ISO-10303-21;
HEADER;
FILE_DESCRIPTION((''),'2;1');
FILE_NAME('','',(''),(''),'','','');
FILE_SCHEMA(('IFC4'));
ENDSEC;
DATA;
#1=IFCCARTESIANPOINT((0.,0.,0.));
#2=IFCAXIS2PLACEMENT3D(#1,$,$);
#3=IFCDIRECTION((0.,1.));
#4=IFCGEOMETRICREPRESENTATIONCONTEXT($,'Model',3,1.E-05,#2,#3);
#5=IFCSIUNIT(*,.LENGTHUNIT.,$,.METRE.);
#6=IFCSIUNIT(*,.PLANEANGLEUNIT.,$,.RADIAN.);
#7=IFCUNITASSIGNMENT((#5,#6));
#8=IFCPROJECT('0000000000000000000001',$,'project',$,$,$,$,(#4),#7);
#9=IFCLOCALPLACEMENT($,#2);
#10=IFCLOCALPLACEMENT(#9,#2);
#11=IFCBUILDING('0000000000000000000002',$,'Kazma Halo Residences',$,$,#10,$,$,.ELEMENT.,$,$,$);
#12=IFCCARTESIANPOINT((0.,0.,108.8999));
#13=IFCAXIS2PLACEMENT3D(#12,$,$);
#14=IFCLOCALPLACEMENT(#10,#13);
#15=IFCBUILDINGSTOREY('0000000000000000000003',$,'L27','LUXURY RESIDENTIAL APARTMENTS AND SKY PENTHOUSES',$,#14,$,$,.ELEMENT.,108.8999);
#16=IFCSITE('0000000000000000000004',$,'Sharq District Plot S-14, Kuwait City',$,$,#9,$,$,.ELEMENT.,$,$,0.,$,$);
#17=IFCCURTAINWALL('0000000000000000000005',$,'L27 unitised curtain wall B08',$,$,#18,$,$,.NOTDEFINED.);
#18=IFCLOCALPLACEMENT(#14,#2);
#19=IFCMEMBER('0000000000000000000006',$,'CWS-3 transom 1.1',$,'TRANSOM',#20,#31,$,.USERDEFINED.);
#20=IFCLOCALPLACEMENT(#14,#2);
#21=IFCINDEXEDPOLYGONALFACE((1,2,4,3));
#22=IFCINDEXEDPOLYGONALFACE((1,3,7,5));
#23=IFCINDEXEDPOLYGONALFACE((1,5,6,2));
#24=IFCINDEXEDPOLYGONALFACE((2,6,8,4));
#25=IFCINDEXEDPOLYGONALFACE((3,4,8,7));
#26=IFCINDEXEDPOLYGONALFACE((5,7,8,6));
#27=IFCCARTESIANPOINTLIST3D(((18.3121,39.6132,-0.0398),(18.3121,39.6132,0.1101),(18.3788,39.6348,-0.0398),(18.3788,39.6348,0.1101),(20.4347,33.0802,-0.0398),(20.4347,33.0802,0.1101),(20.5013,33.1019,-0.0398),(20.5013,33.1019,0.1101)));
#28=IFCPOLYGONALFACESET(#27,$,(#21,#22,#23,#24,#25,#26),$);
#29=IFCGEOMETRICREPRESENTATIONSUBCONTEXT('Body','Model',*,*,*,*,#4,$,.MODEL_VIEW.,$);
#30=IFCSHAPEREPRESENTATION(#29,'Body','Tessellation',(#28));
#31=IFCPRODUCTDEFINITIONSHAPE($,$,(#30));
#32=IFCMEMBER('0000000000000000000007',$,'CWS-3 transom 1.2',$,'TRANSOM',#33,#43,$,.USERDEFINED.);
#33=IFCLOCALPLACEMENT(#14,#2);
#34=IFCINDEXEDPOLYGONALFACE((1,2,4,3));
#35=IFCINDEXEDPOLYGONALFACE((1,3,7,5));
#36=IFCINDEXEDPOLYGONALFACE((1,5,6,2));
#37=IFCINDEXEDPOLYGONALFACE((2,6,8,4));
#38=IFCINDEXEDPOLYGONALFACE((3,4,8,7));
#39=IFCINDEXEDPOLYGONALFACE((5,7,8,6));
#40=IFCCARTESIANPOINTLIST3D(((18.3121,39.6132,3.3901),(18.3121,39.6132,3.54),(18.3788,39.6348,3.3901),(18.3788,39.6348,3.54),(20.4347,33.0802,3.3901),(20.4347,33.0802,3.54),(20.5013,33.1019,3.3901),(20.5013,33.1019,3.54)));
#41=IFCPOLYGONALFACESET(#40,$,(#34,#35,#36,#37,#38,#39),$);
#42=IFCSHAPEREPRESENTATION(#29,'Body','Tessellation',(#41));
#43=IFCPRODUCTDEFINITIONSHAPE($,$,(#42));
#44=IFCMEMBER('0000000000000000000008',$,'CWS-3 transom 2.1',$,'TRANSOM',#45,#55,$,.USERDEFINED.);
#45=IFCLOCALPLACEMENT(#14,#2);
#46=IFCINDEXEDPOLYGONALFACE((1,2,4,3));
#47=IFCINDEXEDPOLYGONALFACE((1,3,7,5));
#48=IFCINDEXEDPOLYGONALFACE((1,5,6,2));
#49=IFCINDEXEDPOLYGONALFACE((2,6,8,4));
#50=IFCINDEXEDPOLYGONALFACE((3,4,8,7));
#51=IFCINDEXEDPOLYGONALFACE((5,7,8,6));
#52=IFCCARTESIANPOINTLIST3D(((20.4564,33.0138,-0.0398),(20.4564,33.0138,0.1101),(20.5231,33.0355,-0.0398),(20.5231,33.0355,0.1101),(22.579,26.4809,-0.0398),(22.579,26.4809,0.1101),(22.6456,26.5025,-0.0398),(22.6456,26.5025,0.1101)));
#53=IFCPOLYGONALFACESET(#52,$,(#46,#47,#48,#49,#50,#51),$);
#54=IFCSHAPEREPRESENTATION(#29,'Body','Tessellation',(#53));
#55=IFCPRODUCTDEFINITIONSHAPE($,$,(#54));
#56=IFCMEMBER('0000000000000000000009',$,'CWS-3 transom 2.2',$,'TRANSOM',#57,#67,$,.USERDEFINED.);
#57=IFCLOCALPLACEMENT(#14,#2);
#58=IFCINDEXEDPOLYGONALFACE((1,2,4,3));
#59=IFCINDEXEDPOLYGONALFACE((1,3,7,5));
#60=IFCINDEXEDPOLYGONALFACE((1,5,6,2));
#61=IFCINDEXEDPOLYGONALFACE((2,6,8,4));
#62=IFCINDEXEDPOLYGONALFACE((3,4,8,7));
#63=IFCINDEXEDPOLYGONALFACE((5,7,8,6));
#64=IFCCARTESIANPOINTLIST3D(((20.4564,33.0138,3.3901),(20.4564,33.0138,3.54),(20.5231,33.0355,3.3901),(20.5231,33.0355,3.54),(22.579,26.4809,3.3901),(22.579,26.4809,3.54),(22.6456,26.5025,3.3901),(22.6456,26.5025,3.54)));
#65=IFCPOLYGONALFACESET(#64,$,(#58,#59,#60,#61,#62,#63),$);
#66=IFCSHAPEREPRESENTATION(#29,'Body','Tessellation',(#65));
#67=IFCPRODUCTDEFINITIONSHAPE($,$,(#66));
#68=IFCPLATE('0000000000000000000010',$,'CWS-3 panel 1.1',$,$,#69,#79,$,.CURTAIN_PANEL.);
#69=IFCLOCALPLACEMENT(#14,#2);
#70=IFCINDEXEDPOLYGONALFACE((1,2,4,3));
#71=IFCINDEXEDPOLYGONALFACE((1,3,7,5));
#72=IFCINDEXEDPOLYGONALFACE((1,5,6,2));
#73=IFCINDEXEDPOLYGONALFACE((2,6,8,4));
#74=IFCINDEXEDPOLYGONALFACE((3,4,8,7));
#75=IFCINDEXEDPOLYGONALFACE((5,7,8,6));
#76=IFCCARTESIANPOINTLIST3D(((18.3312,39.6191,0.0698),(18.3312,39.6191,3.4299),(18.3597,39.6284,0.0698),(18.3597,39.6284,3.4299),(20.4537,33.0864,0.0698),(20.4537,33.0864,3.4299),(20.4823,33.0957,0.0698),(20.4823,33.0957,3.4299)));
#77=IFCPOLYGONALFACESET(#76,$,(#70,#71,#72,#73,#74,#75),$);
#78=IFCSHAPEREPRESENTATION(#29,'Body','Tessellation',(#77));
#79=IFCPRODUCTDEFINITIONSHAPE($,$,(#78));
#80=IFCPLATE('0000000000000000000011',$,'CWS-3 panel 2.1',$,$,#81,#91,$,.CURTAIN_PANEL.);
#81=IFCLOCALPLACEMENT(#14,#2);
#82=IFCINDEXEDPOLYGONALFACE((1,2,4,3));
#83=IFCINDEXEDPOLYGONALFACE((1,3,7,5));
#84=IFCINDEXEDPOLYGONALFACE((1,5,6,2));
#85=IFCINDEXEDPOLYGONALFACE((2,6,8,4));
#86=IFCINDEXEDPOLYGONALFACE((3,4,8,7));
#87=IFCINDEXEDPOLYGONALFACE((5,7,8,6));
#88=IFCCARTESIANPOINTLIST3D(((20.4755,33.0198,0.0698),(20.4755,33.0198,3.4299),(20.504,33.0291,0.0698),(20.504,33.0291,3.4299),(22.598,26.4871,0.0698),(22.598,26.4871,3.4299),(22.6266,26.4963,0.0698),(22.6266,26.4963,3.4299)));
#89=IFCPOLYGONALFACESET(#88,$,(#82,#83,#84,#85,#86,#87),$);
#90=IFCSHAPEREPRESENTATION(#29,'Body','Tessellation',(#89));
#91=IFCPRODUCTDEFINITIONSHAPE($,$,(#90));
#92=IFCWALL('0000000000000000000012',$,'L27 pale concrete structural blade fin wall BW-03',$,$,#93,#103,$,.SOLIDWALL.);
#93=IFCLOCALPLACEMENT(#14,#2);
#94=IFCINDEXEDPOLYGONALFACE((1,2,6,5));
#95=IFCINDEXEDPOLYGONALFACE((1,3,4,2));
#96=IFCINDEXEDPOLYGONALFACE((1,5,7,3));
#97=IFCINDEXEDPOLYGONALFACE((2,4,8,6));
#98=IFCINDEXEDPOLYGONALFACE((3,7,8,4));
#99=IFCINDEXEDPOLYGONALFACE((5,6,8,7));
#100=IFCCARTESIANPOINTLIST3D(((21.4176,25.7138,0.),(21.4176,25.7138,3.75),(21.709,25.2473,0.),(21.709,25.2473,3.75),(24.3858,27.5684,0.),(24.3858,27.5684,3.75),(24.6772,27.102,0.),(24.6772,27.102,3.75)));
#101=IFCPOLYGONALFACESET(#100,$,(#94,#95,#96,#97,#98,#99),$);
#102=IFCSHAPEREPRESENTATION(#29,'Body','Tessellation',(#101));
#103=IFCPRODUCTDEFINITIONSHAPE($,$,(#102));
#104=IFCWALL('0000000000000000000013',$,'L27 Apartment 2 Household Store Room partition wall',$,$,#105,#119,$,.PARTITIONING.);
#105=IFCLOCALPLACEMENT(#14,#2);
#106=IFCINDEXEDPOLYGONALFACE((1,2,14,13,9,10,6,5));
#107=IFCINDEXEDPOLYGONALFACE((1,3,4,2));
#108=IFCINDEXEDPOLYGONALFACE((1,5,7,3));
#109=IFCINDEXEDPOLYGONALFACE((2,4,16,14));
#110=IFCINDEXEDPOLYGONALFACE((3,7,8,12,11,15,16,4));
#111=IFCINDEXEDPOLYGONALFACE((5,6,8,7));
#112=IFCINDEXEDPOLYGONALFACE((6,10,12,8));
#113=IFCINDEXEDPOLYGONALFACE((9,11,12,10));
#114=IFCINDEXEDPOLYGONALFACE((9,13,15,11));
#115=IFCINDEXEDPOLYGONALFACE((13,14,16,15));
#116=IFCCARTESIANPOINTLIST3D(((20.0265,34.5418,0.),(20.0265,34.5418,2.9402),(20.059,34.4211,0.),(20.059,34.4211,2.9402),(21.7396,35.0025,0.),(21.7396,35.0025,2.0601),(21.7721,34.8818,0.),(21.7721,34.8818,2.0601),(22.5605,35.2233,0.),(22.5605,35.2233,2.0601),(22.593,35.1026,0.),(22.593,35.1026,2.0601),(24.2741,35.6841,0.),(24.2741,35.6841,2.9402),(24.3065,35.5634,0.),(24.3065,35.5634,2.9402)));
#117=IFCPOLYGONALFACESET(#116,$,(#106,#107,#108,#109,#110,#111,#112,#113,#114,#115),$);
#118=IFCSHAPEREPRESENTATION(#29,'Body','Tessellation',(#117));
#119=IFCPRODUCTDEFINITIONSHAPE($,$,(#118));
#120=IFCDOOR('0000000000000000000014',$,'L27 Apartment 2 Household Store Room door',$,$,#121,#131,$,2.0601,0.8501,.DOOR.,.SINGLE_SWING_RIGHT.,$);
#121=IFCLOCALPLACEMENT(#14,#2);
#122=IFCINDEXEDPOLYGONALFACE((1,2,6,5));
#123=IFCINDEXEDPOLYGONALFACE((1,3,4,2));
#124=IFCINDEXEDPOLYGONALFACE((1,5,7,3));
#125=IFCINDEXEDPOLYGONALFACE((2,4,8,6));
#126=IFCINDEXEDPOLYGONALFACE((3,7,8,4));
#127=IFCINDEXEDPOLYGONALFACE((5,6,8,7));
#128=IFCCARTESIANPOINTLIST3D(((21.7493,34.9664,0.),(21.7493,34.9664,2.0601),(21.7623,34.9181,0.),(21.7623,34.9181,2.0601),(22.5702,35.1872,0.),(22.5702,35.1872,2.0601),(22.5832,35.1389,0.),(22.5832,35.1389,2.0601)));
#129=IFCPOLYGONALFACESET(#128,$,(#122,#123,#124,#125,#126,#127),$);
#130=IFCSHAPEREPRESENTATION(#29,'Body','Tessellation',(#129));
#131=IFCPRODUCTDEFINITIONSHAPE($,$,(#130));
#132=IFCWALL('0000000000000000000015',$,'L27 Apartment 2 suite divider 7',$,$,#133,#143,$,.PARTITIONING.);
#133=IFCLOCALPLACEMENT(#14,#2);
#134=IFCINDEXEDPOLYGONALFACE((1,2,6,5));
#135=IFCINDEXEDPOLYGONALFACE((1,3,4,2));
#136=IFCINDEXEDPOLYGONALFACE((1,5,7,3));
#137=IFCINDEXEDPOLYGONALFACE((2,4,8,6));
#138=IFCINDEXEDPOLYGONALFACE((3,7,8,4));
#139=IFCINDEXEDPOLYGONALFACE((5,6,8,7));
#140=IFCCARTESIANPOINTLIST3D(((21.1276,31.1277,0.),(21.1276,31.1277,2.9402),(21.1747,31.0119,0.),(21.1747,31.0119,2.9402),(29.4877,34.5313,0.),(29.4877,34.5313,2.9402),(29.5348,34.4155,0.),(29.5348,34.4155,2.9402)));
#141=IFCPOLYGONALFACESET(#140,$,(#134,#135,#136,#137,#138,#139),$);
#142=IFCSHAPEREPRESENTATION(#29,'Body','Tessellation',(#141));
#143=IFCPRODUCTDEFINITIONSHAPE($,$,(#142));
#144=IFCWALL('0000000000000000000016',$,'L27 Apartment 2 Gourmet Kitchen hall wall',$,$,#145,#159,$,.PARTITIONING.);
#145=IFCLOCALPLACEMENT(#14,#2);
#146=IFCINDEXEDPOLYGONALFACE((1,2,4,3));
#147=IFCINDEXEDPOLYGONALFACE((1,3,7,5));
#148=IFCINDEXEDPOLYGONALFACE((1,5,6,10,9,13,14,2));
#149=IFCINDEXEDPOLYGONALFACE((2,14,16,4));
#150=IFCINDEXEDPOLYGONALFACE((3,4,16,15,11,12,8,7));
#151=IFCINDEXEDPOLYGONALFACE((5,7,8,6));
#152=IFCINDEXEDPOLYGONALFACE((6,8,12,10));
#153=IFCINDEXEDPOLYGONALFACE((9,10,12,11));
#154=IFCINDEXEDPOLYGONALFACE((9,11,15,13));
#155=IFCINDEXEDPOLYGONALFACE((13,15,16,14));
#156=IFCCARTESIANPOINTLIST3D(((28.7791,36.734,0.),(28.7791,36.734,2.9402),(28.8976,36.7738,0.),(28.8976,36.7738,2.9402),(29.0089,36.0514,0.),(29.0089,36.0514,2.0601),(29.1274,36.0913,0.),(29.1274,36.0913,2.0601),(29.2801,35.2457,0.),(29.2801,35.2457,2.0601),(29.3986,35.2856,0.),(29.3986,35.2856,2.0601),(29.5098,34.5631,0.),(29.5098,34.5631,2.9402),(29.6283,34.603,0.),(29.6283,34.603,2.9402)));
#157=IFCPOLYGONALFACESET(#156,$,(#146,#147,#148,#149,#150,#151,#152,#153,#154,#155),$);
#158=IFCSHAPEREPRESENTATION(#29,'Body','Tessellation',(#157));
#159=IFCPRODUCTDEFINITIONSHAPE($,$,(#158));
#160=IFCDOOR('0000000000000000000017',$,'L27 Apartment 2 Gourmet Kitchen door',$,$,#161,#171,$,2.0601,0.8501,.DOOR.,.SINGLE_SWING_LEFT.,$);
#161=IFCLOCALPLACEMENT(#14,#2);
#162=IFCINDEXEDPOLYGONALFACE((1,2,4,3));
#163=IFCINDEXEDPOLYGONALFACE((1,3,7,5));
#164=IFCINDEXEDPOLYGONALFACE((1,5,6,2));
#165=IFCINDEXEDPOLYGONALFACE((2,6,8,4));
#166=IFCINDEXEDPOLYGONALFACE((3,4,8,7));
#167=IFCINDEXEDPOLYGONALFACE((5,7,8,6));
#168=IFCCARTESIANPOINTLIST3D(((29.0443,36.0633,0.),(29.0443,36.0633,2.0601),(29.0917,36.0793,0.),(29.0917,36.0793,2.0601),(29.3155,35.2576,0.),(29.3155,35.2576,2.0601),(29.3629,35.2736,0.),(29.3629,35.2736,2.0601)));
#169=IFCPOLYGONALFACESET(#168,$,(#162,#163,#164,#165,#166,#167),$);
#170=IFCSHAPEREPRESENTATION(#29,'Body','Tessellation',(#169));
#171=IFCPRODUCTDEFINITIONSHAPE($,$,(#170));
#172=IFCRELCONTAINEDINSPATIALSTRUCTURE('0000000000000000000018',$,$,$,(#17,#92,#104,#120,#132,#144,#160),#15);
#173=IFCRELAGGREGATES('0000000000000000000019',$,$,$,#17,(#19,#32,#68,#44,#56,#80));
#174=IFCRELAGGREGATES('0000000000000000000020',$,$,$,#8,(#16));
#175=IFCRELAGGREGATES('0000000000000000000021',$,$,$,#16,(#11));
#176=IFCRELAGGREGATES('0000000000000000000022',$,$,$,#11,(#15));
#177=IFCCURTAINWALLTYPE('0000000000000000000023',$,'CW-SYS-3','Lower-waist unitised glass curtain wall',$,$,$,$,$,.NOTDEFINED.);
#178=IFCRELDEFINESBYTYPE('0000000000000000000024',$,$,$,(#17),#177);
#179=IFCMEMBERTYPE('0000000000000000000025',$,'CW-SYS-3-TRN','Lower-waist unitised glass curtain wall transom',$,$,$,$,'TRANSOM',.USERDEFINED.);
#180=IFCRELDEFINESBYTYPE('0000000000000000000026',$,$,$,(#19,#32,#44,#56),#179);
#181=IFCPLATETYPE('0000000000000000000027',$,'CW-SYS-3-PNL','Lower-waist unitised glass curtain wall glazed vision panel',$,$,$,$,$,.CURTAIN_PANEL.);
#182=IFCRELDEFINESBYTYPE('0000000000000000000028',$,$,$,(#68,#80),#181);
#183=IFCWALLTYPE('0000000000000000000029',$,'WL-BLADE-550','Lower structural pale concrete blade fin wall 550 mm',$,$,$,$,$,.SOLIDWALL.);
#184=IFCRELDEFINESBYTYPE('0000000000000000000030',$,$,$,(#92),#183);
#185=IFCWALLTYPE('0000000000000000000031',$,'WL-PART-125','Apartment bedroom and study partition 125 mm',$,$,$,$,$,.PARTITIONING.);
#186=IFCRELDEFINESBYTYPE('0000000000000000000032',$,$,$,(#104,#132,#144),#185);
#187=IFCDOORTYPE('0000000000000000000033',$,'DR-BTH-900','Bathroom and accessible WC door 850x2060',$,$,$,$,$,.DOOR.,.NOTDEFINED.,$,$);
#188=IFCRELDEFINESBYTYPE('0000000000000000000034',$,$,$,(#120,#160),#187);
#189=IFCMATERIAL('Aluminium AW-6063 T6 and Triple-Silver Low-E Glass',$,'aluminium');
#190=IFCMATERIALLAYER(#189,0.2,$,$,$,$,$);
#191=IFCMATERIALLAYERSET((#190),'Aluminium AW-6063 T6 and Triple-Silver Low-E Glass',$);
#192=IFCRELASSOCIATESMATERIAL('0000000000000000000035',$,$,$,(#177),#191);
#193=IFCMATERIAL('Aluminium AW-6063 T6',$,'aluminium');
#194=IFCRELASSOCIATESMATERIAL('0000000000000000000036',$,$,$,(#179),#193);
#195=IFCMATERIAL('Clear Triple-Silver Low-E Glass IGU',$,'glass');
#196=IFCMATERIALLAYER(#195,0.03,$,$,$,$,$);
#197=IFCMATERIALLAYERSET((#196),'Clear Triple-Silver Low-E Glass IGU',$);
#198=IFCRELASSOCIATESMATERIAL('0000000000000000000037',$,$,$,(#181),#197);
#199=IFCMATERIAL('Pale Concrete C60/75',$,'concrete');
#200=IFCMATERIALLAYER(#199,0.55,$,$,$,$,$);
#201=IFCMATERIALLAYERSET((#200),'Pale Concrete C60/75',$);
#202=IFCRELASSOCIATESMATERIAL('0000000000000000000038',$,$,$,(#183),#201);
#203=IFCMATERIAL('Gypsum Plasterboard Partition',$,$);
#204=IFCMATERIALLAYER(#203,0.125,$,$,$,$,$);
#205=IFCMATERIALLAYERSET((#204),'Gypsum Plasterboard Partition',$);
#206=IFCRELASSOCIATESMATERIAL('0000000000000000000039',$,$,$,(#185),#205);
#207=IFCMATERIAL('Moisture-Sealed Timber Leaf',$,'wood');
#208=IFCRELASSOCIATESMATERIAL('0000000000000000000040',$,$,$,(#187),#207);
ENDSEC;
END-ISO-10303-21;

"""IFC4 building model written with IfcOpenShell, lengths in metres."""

from ifc_helpers import new_model, si_unit, direction, frame, frame_2d, origin, origin_2d, place, context, subcontext, project, spatial, rectangle, extrude, material, layer, layer_set, material_profile, profile_set, type_object, element, fill, aggregate, save


model = new_model("IFC4")

# Units and contexts
model_context = context("Model", 3, precision=1e-05, world=origin(), true_north=direction((0.0, 1.0)))
body_context = subcontext(model_context, "Body", "Model", "MODEL_VIEW")
ifc_project = project(units=[si_unit("LENGTHUNIT", "METRE"), si_unit("PLANEANGLEUNIT", "RADIAN")], contexts=[model_context])

# Site, building, storey
site_placement = place(None, origin())
site = spatial("IfcSite", under=ifc_project, at=site_placement, Name="Sharq District Plot S-14, Kuwait City", CompositionType="ELEMENT", RefElevation=0.0)
building_placement = place(site_placement, origin())
building = spatial("IfcBuilding", under=site, at=building_placement, Name="Kazma Halo Residences", CompositionType="ELEMENT")
storey_placement = place(building_placement, frame((0.0, 0.0, 108.8999)))
storey = spatial("IfcBuildingStorey", under=building, at=storey_placement, Name="L27", Description="LUXURY RESIDENTIAL APARTMENTS AND SKY PENTHOUSES", CompositionType="ELEMENT", Elevation=108.8999)

# Curtain wall, members, plates
ifc_material_1 = material(Name="Aluminium AW-6063 T6 and Triple-Silver Low-E Glass", Category="aluminium")
ifc_layer_1 = layer(ifc_material_1, 0.2)
ifc_layer_set_1 = layer_set([ifc_layer_1], Name="Aluminium AW-6063 T6 and Triple-Silver Low-E Glass")
curtain_wall_type = type_object("IfcCurtainWallType", Name="CW-SYS-3", Description="Lower-waist unitised glass curtain wall", PredefinedType="NOTDEFINED", material=ifc_layer_set_1)
curtain_wall_placement = place(storey_placement, origin())
curtain_wall = element("IfcCurtainWall", 1, at=curtain_wall_placement, inside=storey, type_object=curtain_wall_type, Name="L27 unitised curtain wall B08", PredefinedType="NOTDEFINED")
ifc_material_2 = material(Name="Aluminium AW-6063 T6", Category="aluminium")
ifc_material_profile_1 = material_profile(ifc_material_2, rectangle(XDim=0.0701, YDim=0.1499, at=origin_2d()), Name="CWT-70x150")
ifc_profile_set_1 = profile_set([ifc_material_profile_1], Name="Aluminium AW-6063 T6")
member_type_1 = type_object("IfcMemberType", Name="CW-SYS-3-TRN", Description="Lower-waist unitised glass curtain wall transom", ElementType="TRANSOM", PredefinedType="USERDEFINED", material=ifc_profile_set_1)
member_1_placement = place(storey_placement, frame((18.3455, 39.624, 0.0352), z_axis=(0.309, -0.951062, 0.0), x_axis=(0.951062, 0.309, 0.0)))
member_1 = element("IfcMember", 2, at=member_1_placement, type_object=member_type_1, Name="CWS-3 transom 1.1", ObjectType="TRANSOM", PredefinedType="USERDEFINED", context=body_context, shape_type="SweptSolid", body=[
    extrude(rectangle(XDim=0.0701, YDim=0.1499, at=origin_2d()), origin(), (0.0, 0.0, 1.0), 6.8691),
])
member_2_placement = place(storey_placement, frame((18.3455, 39.624, 3.4651), z_axis=(0.309, -0.951062, 0.0), x_axis=(0.951062, 0.309, 0.0)))
member_2 = element("IfcMember", 3, at=member_2_placement, type_object=member_type_1, Name="CWS-3 transom 1.2", ObjectType="TRANSOM", PredefinedType="USERDEFINED", context=body_context, shape_type="SweptSolid", body=[
    extrude(rectangle(XDim=0.0701, YDim=0.1499, at=origin_2d()), origin(), (0.0, 0.0, 1.0), 6.8691),
])
member_3_placement = place(storey_placement, frame((20.4897, 33.0247, 0.0352), z_axis=(0.309, -0.951062, 0.0), x_axis=(0.951062, 0.309, 0.0)))
member_3 = element("IfcMember", 4, at=member_3_placement, type_object=member_type_1, Name="CWS-3 transom 2.1", ObjectType="TRANSOM", PredefinedType="USERDEFINED", context=body_context, shape_type="SweptSolid", body=[
    extrude(rectangle(XDim=0.0701, YDim=0.1499, at=origin_2d()), origin(), (0.0, 0.0, 1.0), 6.8691),
])
member_4_placement = place(storey_placement, frame((20.4897, 33.0247, 3.4651), z_axis=(0.309, -0.951062, 0.0), x_axis=(0.951062, 0.309, 0.0)))
member_4 = element("IfcMember", 5, at=member_4_placement, type_object=member_type_1, Name="CWS-3 transom 2.2", ObjectType="TRANSOM", PredefinedType="USERDEFINED", context=body_context, shape_type="SweptSolid", body=[
    extrude(rectangle(XDim=0.0701, YDim=0.1499, at=origin_2d()), origin(), (0.0, 0.0, 1.0), 6.8691),
])
ifc_material_3 = material(Name="Clear Triple-Silver Low-E Glass IGU", Category="glass")
ifc_layer_2 = layer(ifc_material_3, 0.03)
ifc_layer_set_2 = layer_set([ifc_layer_2], Name="Clear Triple-Silver Low-E Glass IGU")
plate_type = type_object("IfcPlateType", Name="CW-SYS-3-PNL", Description="Lower-waist unitised glass curtain wall glazed vision panel", PredefinedType="CURTAIN_PANEL", material=ifc_layer_set_2)
plate_1_placement = place(storey_placement, frame((19.4067, 36.3574, 0.0698), z_axis=(0.0, 0.0, 1.0), x_axis=(0.309013, -0.951058, 0.0)))
plate_1 = element("IfcPlate", 6, at=plate_1_placement, type_object=plate_type, Name="CWS-3 panel 1.1", PredefinedType="CURTAIN_PANEL", context=body_context, shape_type="SweptSolid", body=[
    extrude(rectangle(XDim=6.8689, YDim=0.03, at=origin_2d()), origin(), (0.0, 0.0, 1.0), 3.3601),
])
plate_2_placement = place(storey_placement, frame((21.551, 29.7581, 0.0698), z_axis=(0.0, 0.0, 1.0), x_axis=(0.309013, -0.951058, 0.0)))
plate_2 = element("IfcPlate", 7, at=plate_2_placement, type_object=plate_type, Name="CWS-3 panel 2.1", PredefinedType="CURTAIN_PANEL", context=body_context, shape_type="SweptSolid", body=[
    extrude(rectangle(XDim=6.8689, YDim=0.03, at=origin_2d()), origin(), (0.0, 0.0, 1.0), 3.3601),
])
aggregate(curtain_wall, [member_1, member_2, plate_1, member_3, member_4, plate_2])

# Wall
ifc_material_4 = material(Name="Pale Concrete C60/75", Category="concrete")
ifc_layer_3 = layer(ifc_material_4, 0.55)
ifc_layer_set_3 = layer_set([ifc_layer_3], Name="Pale Concrete C60/75")
wall_type_1 = type_object("IfcWallType", Name="WL-BLADE-550", Description="Lower structural pale concrete blade fin wall 550 mm", PredefinedType="SOLIDWALL", material=ifc_layer_set_3)
wall_1_placement = place(storey_placement, frame((24.5315, 27.3352, 0.0), z_axis=(0.0, 0.0, 1.0), x_axis=(-0.848053, -0.529911, 0.0)))
element("IfcWall", 8, at=wall_1_placement, inside=storey, type_object=wall_type_1, Name="L27 pale concrete structural blade fin wall BW-03", PredefinedType="SOLIDWALL", context=body_context, shape_type="SweptSolid", body=[
    extrude(rectangle(XDim=3.5, YDim=0.55, at=frame_2d((1.75, 0.0))), origin(), (0.0, 0.0, 1.0), 3.75),
])

# Wall, opening, door
ifc_material_5 = material(Name="Gypsum Plasterboard Partition")
ifc_layer_4 = layer(ifc_material_5, 0.125)
ifc_layer_set_4 = layer_set([ifc_layer_4], Name="Gypsum Plasterboard Partition")
wall_type_2 = type_object("IfcWallType", Name="WL-PART-125", Description="Apartment bedroom and study partition 125 mm", PredefinedType="PARTITIONING", material=ifc_layer_set_4)
wall_2_placement = place(storey_placement, frame((24.2903, 35.6238, 0.0), z_axis=(0.0, 0.0, 1.0), x_axis=(-0.965686, -0.259711, 0.0)))
wall_2 = element("IfcWall", 9, at=wall_2_placement, inside=storey, type_object=wall_type_2, Name="L27 Apartment 2 Household Store Room partition wall", PredefinedType="PARTITIONING", context=body_context, shape_type="SweptSolid", body=[
    extrude(rectangle(XDim=4.3984, YDim=0.125, at=frame_2d((2.1992, 0.0))), origin(), (0.0, 0.0, 1.0), 2.9402),
])
opening_1_placement = place(wall_2_placement, frame((1.7744, 0.0, 0.0)))
opening_1 = element("IfcOpeningElement", 10, at=opening_1_placement, cuts=wall_2, PredefinedType="OPENING", context=body_context, shape_type="SweptSolid", body=[
    extrude(rectangle(XDim=0.8501, YDim=2.0601, at=frame_2d((0.425, 1.03))), frame((0.0, 0.0725, 0.0), z_axis=(0.0, -1.0, 0.0), x_axis=(1.0, 0.0, 0.0)), (0.0, 0.0, 1.0), 0.145),
])
ifc_material_6 = material(Name="Moisture-Sealed Timber Leaf", Category="wood")
door_type = type_object("IfcDoorType", Name="DR-BTH-900", Description="Bathroom and accessible WC door 850x2060", OperationType="NOTDEFINED", PredefinedType="DOOR", material=ifc_material_6)
door_1_placement = place(opening_1_placement, origin())
door_1 = element("IfcDoor", 11, at=door_1_placement, inside=storey, type_object=door_type, Name="L27 Apartment 2 Household Store Room door", OperationType="SINGLE_SWING_RIGHT", OverallHeight=2.0601, OverallWidth=0.8501, PredefinedType="DOOR", context=body_context, shape_type="SweptSolid", body=[
    extrude(rectangle(XDim=0.8501, YDim=2.0601, at=frame_2d((0.425, 1.03))), frame((0.0, 0.0249, 0.0), z_axis=(0.0, -1.0, 0.0), x_axis=(1.0, 0.0, 0.0)), (0.0, 0.0, 1.0), 0.05),
])
fill(opening_1, door_1)

# Wall
wall_3_placement = place(storey_placement, frame((29.5112, 34.4734, 0.0), z_axis=(0.0, 0.0, 1.0), x_axis=(-0.926185, -0.377068, 0.0)))
element("IfcWall", 12, at=wall_3_placement, inside=storey, type_object=wall_type_2, Name="L27 Apartment 2 suite divider 7", PredefinedType="PARTITIONING", context=body_context, shape_type="SweptSolid", body=[
    extrude(rectangle(XDim=9.0264, YDim=0.125, at=frame_2d((4.5132, 0.0))), origin(), (0.0, 0.0, 1.0), 2.9402),
])

# Wall, opening, door
wall_4_placement = place(storey_placement, frame((28.8384, 36.7539, 0.0), z_axis=(0.0, 0.0, 1.0), x_axis=(0.319008, -0.947752, 0.0)))
wall_4 = element("IfcWall", 13, at=wall_4_placement, inside=storey, type_object=wall_type_2, Name="L27 Apartment 2 Gourmet Kitchen hall wall", PredefinedType="PARTITIONING", context=body_context, shape_type="SweptSolid", body=[
    extrude(rectangle(XDim=2.2905, YDim=0.125, at=frame_2d((1.1453, 0.0))), origin(), (0.0, 0.0, 1.0), 2.9402),
])
opening_2_placement = place(wall_4_placement, frame((0.7202, 0.0, 0.0)))
opening_2 = element("IfcOpeningElement", 14, at=opening_2_placement, cuts=wall_4, PredefinedType="OPENING", context=body_context, shape_type="SweptSolid", body=[
    extrude(rectangle(XDim=0.8501, YDim=2.0601, at=frame_2d((0.425, 1.03))), frame((0.0, 0.0725, 0.0), z_axis=(0.0, -1.0, 0.0), x_axis=(1.0, 0.0, 0.0)), (0.0, 0.0, 1.0), 0.145),
])
door_2_placement = place(opening_2_placement, origin())
door_2 = element("IfcDoor", 15, at=door_2_placement, inside=storey, type_object=door_type, Name="L27 Apartment 2 Gourmet Kitchen door", OperationType="SINGLE_SWING_LEFT", OverallHeight=2.0601, OverallWidth=0.8501, PredefinedType="DOOR", context=body_context, shape_type="SweptSolid", body=[
    extrude(rectangle(XDim=0.8501, YDim=2.0601, at=frame_2d((0.425, 1.03))), frame((0.0, 0.0249, 0.0), z_axis=(0.0, -1.0, 0.0), x_axis=(1.0, 0.0, 0.0)), (0.0, 0.0, 1.0), 0.05),
])
fill(opening_2, door_2)

save(model, "model.ifc")
